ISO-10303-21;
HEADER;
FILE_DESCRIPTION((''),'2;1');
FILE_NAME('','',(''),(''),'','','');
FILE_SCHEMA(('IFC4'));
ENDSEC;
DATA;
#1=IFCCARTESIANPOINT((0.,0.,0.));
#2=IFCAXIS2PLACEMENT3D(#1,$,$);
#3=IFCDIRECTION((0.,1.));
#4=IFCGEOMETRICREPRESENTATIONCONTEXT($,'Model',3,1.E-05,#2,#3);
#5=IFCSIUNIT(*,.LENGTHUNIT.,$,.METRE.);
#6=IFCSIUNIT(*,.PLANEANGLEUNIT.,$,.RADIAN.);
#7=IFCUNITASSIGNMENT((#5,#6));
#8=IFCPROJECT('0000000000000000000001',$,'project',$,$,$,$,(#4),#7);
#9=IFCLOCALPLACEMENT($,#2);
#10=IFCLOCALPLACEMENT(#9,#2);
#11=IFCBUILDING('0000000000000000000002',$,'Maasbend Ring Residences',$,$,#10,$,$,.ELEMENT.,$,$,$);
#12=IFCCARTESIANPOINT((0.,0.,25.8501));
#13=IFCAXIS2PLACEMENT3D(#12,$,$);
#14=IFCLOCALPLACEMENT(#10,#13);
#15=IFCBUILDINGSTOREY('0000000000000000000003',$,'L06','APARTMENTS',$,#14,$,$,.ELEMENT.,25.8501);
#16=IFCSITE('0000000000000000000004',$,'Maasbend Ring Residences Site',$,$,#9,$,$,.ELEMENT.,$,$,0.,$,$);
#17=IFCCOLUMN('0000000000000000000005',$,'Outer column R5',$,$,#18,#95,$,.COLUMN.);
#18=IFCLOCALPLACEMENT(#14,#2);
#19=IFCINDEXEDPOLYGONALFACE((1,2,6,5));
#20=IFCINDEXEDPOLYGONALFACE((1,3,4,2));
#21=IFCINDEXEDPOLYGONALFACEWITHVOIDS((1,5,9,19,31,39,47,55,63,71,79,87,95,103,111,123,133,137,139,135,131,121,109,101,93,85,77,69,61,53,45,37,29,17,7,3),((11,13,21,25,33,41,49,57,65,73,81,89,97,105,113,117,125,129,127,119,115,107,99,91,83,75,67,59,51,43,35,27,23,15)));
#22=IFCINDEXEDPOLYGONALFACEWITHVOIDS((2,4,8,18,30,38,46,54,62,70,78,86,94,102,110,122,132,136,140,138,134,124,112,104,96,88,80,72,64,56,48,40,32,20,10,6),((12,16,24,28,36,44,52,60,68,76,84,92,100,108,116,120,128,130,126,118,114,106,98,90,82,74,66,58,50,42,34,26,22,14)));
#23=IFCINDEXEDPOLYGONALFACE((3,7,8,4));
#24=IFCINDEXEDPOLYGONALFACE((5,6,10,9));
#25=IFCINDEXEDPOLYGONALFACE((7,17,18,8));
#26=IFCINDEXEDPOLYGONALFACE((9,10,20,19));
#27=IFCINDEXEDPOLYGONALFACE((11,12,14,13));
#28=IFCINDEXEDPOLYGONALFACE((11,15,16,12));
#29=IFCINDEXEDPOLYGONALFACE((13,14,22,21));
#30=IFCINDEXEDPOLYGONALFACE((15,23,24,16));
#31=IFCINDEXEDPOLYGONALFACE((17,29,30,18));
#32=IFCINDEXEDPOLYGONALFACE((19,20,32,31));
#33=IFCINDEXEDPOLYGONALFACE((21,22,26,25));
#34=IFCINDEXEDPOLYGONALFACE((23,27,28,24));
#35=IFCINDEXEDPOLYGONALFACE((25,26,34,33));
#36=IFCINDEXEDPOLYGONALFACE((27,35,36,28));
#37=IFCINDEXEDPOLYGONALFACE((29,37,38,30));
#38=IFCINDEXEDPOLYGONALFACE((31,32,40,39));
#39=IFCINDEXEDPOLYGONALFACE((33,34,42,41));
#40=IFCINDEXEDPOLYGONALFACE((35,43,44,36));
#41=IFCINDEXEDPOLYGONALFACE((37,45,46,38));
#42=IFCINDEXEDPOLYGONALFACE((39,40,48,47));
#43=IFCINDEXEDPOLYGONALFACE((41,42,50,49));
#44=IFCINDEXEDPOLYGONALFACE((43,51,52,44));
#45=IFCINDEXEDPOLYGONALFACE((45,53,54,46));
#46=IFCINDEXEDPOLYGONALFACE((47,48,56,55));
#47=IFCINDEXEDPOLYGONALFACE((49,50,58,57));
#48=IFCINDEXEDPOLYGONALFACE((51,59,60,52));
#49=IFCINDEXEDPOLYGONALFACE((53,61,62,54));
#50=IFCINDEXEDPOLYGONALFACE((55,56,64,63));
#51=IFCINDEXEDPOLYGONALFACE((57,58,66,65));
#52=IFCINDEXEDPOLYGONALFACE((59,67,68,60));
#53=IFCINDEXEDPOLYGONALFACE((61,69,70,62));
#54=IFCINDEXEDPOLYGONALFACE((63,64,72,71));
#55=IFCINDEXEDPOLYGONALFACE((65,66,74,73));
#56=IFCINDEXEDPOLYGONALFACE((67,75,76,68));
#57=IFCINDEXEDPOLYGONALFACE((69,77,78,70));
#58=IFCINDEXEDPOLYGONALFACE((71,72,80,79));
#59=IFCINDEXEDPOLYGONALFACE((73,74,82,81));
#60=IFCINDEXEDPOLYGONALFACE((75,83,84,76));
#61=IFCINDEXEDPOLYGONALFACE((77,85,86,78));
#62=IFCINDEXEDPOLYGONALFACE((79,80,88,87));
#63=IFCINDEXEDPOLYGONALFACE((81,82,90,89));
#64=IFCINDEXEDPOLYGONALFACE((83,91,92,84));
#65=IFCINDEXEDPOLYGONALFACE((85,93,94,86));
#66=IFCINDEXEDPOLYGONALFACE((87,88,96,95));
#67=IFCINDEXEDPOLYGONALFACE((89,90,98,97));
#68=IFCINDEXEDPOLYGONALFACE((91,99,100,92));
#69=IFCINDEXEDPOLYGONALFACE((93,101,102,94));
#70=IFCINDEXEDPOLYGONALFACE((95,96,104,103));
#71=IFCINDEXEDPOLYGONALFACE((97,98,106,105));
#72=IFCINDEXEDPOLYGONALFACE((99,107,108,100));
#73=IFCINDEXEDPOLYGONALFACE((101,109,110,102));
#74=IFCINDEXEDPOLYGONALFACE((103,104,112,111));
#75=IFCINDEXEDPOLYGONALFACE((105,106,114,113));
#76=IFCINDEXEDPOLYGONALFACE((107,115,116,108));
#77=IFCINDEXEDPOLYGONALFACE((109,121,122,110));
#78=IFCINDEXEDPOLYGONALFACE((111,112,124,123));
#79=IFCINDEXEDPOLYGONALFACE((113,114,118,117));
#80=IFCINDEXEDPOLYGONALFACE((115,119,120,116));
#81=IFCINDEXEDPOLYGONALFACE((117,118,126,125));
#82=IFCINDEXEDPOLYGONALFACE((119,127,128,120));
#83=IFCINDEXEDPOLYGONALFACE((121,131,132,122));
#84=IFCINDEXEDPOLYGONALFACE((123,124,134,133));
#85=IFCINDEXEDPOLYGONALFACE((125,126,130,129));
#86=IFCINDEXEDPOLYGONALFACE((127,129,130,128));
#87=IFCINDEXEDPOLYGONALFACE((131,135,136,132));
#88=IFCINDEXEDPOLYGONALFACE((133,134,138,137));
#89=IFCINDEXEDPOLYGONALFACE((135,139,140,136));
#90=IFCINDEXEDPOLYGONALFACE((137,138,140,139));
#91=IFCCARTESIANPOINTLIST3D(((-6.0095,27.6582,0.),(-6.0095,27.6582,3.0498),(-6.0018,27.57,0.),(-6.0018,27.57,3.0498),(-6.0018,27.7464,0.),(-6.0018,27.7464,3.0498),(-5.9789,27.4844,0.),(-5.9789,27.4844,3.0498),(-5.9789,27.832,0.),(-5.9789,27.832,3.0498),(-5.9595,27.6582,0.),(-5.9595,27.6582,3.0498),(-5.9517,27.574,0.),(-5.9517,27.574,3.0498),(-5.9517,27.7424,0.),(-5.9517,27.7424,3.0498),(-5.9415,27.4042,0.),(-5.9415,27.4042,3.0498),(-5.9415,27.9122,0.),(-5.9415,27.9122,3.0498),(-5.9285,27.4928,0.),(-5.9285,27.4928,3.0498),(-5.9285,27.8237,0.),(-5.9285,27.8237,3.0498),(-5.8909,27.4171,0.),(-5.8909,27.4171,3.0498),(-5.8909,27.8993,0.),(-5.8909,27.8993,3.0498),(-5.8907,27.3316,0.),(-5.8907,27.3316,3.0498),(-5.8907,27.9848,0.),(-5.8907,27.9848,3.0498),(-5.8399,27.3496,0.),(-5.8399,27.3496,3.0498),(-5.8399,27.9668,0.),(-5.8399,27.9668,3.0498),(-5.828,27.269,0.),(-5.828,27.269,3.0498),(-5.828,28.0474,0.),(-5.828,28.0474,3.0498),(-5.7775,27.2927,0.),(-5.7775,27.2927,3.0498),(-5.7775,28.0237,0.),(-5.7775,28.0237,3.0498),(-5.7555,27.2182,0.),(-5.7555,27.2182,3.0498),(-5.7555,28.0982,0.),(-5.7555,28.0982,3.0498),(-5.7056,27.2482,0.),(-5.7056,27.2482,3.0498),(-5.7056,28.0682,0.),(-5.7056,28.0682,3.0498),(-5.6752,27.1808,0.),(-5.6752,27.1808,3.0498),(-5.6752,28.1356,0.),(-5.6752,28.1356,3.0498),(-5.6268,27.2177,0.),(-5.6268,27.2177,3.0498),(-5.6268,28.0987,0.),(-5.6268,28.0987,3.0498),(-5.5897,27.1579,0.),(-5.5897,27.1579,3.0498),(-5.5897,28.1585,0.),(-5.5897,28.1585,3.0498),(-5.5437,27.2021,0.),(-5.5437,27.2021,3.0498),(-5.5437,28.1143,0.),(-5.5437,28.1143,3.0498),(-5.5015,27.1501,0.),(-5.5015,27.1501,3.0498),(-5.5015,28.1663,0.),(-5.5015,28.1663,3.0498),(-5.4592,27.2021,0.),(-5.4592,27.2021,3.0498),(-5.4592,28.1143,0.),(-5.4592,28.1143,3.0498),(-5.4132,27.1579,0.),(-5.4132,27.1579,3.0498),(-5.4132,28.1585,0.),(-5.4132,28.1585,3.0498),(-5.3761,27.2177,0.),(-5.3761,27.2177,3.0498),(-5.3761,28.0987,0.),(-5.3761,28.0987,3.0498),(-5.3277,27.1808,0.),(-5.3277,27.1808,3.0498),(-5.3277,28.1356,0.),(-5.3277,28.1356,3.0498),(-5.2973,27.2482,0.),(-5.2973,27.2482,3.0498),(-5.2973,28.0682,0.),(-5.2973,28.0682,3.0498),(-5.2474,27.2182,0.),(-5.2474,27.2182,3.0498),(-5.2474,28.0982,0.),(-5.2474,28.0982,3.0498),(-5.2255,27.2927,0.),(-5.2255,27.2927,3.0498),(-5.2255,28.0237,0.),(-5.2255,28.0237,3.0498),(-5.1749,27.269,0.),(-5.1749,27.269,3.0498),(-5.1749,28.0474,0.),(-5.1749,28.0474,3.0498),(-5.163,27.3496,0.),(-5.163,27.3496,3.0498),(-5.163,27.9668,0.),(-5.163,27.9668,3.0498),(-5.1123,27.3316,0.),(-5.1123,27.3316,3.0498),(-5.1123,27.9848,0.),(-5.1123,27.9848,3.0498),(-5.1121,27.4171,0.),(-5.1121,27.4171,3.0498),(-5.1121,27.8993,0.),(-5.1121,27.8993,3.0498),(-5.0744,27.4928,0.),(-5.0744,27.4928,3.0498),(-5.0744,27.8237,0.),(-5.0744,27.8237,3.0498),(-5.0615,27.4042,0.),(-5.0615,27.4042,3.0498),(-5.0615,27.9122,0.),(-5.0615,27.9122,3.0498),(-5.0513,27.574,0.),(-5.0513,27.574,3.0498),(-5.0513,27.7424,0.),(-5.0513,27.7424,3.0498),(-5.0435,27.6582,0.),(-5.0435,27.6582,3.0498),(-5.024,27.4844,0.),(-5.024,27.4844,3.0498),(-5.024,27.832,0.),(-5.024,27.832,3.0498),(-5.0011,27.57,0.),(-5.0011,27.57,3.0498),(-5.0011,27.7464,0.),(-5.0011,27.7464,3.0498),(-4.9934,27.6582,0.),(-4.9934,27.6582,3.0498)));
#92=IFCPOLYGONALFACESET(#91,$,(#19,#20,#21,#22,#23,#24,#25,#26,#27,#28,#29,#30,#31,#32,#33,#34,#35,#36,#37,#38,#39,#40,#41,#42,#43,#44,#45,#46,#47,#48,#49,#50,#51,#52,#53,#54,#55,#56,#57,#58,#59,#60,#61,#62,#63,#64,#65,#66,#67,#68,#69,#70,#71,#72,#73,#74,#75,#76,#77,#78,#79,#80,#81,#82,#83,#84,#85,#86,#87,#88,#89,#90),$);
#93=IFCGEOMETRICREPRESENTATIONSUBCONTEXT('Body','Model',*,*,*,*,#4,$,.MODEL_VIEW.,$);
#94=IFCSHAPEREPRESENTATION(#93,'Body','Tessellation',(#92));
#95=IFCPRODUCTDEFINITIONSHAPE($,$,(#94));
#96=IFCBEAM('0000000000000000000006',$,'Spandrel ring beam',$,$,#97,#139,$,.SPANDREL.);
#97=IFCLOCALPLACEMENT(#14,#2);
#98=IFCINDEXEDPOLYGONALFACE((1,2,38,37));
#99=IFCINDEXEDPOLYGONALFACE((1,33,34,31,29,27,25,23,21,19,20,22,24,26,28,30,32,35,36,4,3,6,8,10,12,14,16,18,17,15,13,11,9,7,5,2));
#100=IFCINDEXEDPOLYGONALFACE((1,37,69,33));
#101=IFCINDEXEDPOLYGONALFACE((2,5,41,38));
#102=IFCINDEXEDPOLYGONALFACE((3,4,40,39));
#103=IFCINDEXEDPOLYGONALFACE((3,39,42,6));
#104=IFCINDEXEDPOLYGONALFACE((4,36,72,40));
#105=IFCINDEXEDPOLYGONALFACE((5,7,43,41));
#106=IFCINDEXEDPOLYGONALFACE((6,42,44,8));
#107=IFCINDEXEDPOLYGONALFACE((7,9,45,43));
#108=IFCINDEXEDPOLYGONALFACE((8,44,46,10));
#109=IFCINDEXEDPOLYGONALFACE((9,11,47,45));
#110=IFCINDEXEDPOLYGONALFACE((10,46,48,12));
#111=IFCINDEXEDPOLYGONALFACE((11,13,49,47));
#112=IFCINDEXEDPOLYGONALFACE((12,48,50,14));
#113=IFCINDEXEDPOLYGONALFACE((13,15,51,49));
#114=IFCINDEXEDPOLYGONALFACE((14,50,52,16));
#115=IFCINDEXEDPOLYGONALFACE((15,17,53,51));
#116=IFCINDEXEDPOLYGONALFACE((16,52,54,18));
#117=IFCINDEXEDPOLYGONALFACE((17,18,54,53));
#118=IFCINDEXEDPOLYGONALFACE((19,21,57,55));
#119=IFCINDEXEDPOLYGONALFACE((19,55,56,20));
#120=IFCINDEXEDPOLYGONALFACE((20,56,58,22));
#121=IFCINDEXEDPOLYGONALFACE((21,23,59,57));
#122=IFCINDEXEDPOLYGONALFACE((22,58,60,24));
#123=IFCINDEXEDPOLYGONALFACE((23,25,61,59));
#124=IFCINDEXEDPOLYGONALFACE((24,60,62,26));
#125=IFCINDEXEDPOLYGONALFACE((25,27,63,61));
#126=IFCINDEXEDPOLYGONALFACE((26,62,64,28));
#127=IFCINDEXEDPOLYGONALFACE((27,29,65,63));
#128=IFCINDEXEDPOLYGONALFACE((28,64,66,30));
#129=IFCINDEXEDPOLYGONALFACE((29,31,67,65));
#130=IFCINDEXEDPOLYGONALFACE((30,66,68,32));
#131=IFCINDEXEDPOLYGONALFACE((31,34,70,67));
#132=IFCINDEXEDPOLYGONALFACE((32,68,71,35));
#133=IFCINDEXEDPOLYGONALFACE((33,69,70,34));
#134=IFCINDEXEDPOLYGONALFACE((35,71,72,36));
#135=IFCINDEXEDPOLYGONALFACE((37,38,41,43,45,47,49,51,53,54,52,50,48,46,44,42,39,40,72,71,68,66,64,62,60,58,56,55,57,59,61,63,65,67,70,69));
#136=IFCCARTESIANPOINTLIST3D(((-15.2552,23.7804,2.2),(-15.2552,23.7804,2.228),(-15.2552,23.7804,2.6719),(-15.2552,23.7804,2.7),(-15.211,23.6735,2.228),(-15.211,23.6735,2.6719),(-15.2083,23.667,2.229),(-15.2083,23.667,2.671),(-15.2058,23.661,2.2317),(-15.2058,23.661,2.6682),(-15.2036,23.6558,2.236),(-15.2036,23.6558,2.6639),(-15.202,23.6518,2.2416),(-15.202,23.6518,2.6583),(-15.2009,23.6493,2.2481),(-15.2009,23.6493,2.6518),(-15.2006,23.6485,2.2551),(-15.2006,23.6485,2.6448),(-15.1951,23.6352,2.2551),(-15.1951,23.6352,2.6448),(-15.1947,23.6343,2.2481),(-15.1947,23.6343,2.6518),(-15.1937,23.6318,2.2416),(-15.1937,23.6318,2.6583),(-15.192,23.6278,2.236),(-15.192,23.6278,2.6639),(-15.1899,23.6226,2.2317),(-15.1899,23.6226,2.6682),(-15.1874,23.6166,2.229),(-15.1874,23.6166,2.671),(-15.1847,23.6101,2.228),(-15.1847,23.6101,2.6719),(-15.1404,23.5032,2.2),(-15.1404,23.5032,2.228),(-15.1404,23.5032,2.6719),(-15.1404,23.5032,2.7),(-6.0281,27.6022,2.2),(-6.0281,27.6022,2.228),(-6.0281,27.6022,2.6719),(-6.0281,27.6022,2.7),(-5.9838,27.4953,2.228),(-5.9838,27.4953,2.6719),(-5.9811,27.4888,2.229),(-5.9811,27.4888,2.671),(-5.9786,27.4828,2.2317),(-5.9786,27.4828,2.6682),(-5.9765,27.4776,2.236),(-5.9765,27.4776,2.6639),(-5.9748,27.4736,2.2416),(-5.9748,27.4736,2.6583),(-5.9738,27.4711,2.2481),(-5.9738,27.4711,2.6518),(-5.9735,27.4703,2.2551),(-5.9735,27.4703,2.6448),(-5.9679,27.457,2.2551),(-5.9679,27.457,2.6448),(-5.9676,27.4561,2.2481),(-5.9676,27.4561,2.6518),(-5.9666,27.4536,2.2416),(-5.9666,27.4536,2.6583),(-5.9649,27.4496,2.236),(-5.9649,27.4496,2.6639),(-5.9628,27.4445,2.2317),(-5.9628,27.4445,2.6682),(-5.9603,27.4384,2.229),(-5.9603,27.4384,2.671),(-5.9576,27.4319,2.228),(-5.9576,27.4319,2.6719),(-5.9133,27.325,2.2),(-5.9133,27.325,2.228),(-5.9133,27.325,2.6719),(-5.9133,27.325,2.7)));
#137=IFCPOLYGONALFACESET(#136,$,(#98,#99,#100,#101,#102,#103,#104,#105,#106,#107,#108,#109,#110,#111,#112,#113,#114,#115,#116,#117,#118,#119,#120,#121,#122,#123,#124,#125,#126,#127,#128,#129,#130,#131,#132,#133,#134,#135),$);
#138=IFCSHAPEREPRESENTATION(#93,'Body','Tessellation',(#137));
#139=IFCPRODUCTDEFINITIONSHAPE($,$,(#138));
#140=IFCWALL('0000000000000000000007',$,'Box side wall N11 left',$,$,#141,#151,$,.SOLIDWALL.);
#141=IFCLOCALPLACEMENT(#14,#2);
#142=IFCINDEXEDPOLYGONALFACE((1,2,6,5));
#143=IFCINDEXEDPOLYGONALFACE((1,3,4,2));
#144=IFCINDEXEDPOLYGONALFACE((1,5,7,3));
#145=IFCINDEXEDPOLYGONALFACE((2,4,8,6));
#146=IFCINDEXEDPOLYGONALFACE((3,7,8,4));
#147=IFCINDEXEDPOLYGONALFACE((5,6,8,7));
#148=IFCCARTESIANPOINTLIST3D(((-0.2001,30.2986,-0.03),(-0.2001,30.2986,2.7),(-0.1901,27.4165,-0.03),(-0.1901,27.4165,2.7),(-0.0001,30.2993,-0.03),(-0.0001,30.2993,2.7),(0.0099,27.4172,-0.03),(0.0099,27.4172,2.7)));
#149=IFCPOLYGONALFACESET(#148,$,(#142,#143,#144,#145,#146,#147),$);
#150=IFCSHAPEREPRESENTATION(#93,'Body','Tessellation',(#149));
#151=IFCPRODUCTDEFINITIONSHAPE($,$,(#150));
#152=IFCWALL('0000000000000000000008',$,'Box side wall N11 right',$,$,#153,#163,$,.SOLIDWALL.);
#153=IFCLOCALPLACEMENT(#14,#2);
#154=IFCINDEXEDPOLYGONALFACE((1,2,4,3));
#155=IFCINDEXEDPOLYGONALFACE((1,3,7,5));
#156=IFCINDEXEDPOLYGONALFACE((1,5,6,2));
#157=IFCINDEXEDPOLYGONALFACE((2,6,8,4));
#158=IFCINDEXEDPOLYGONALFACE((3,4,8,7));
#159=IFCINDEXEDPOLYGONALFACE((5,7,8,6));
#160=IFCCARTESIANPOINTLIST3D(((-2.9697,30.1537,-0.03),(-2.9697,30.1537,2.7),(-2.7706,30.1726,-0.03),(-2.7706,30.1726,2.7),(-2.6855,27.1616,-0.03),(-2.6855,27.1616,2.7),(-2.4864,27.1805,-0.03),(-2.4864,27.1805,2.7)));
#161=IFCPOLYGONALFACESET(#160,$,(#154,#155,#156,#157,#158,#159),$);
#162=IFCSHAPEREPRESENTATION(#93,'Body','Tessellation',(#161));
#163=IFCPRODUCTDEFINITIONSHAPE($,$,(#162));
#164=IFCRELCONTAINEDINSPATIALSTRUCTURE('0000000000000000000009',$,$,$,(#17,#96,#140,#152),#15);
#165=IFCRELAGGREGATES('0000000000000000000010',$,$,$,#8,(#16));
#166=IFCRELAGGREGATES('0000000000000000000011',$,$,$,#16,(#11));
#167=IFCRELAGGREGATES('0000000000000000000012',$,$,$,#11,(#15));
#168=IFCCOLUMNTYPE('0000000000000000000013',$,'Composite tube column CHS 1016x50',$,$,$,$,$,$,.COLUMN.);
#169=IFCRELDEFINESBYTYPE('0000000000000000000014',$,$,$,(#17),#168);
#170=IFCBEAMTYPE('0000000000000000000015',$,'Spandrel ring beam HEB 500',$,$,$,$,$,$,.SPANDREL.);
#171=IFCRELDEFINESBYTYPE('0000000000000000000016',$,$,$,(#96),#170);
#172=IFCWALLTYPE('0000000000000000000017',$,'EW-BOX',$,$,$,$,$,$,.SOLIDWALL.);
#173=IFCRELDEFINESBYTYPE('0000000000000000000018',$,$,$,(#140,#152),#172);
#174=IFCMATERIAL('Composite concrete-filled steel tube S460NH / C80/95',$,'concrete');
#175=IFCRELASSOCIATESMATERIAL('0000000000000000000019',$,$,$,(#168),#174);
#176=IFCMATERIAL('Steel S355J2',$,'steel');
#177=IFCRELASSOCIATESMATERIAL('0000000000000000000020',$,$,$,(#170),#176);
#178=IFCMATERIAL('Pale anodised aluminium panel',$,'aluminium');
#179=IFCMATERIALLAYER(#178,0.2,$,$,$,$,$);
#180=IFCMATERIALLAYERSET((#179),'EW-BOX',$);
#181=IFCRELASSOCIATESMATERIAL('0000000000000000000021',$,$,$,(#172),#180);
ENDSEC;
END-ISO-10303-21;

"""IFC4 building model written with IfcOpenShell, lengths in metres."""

from ifc_helpers import new_model, si_unit, direction, frame, frame_2d, origin, origin_2d, place, context, subcontext, project, spatial, rectangle, hollow_circle, i_section, extrude, material, layer, layer_set, material_profile, profile_set, type_object, element, save


model = new_model("IFC4")

# Units and contexts
model_context = context("Model", 3, precision=1e-05, world=origin(), true_north=direction((0.0, 1.0)))
body_context = subcontext(model_context, "Body", "Model", "MODEL_VIEW")
ifc_project = project(units=[si_unit("LENGTHUNIT", "METRE"), si_unit("PLANEANGLEUNIT", "RADIAN")], contexts=[model_context])

# Site, building, storey
site_placement = place(None, origin())
site = spatial("IfcSite", under=ifc_project, at=site_placement, Name="Maasbend Ring Residences Site", CompositionType="ELEMENT", RefElevation=0.0)
building_placement = place(site_placement, origin())
building = spatial("IfcBuilding", under=site, at=building_placement, Name="Maasbend Ring Residences", CompositionType="ELEMENT")
storey_placement = place(building_placement, frame((0.0, 0.0, 25.8501)))
storey = spatial("IfcBuildingStorey", under=building, at=storey_placement, Name="L06", Description="APARTMENTS", CompositionType="ELEMENT", Elevation=25.8501)

# Column
ifc_material_1 = material(Name="Composite concrete-filled steel tube S460NH / C80/95", Category="concrete")
ifc_material_profile_1 = material_profile(ifc_material_1, hollow_circle(Radius=0.5081, WallThickness=0.05, at=origin_2d()), Name="Composite tube column CHS 1016x50")
ifc_profile_set_1 = profile_set([ifc_material_profile_1], Name="Composite concrete-filled steel tube S460NH / C80/95")
column_type = type_object("IfcColumnType", Name="Composite tube column CHS 1016x50", PredefinedType="COLUMN", material=ifc_profile_set_1)
column_placement = place(storey_placement, frame((-5.5015, 27.6582, 0.0), z_axis=(0.0, 0.0, 1.0), x_axis=(1.0, 0.0, 0.0)))
element("IfcColumn", 1, at=column_placement, inside=storey, type_object=column_type, Name="Outer column R5", PredefinedType="COLUMN", context=body_context, shape_type="SweptSolid", body=[
    extrude(hollow_circle(Radius=0.5081, WallThickness=0.05, at=origin_2d()), origin(), (0.0, 0.0, 1.0), 3.0498),
])

# Beam
ifc_material_2 = material(Name="Steel S355J2", Category="steel")
ifc_material_profile_2 = material_profile(ifc_material_2, i_section(OverallWidth=0.3, OverallDepth=0.5, WebThickness=0.0144, FlangeThickness=0.0281, FilletRadius=0.0271, at=origin_2d()), Name="HEB 500")
ifc_profile_set_2 = profile_set([ifc_material_profile_2], Name="Steel S355J2")
beam_type = type_object("IfcBeamType", Name="Spandrel ring beam HEB 500", PredefinedType="SPANDREL", material=ifc_profile_set_2)
beam_placement = place(storey_placement, frame((-5.9707, 27.4636, 2.45), z_axis=(-0.923886, -0.382667, 0.0), x_axis=(0.382667, -0.923886, 0.0)))
element("IfcBeam", 2, at=beam_placement, inside=storey, type_object=beam_type, Name="Spandrel ring beam", PredefinedType="SPANDREL", context=body_context, shape_type="SweptSolid", body=[
    extrude(i_section(OverallWidth=0.3, OverallDepth=0.5, WebThickness=0.0144, FlangeThickness=0.0281, FilletRadius=0.0271, at=origin_2d()), origin(), (0.0, 0.0, 1.0), 9.9873),
])

# Walls
ifc_material_3 = material(Name="Pale anodised aluminium panel", Category="aluminium")
ifc_layer_1 = layer(ifc_material_3, 0.2)
ifc_layer_set_1 = layer_set([ifc_layer_1], Name="EW-BOX")
wall_type_1 = type_object("IfcWallType", Name="EW-BOX", PredefinedType="SOLIDWALL", material=ifc_layer_set_1)
wall_1_placement = place(storey_placement, frame((-0.0901, 27.417, -0.03), z_axis=(0.0, 0.0, 1.0), x_axis=(-0.003473, 0.999994, 0.0)))
element("IfcWall", 3, at=wall_1_placement, inside=storey, type_object=wall_type_1, Name="Box side wall N11 left", PredefinedType="SOLIDWALL", context=body_context, shape_type="SweptSolid", body=[
    extrude(rectangle(XDim=2.8821, YDim=0.2, at=frame_2d((1.4409, 0.0))), origin(), (0.0, 0.0, 1.0), 2.73),
])
wall_2_placement = place(storey_placement, frame((-2.5859, 27.1709, -0.03), z_axis=(0.0, 0.0, 1.0), x_axis=(-0.094548, 0.99552, 0.0)))
element("IfcWall", 4, at=wall_2_placement, inside=storey, type_object=wall_type_1, Name="Box side wall N11 right", PredefinedType="SOLIDWALL", context=body_context, shape_type="SweptSolid", body=[
    extrude(rectangle(XDim=3.0056, YDim=0.2, at=frame_2d((1.5029, 0.0))), origin(), (0.0, 0.0, 1.0), 2.73),
])

save(model, "model.ifc")
